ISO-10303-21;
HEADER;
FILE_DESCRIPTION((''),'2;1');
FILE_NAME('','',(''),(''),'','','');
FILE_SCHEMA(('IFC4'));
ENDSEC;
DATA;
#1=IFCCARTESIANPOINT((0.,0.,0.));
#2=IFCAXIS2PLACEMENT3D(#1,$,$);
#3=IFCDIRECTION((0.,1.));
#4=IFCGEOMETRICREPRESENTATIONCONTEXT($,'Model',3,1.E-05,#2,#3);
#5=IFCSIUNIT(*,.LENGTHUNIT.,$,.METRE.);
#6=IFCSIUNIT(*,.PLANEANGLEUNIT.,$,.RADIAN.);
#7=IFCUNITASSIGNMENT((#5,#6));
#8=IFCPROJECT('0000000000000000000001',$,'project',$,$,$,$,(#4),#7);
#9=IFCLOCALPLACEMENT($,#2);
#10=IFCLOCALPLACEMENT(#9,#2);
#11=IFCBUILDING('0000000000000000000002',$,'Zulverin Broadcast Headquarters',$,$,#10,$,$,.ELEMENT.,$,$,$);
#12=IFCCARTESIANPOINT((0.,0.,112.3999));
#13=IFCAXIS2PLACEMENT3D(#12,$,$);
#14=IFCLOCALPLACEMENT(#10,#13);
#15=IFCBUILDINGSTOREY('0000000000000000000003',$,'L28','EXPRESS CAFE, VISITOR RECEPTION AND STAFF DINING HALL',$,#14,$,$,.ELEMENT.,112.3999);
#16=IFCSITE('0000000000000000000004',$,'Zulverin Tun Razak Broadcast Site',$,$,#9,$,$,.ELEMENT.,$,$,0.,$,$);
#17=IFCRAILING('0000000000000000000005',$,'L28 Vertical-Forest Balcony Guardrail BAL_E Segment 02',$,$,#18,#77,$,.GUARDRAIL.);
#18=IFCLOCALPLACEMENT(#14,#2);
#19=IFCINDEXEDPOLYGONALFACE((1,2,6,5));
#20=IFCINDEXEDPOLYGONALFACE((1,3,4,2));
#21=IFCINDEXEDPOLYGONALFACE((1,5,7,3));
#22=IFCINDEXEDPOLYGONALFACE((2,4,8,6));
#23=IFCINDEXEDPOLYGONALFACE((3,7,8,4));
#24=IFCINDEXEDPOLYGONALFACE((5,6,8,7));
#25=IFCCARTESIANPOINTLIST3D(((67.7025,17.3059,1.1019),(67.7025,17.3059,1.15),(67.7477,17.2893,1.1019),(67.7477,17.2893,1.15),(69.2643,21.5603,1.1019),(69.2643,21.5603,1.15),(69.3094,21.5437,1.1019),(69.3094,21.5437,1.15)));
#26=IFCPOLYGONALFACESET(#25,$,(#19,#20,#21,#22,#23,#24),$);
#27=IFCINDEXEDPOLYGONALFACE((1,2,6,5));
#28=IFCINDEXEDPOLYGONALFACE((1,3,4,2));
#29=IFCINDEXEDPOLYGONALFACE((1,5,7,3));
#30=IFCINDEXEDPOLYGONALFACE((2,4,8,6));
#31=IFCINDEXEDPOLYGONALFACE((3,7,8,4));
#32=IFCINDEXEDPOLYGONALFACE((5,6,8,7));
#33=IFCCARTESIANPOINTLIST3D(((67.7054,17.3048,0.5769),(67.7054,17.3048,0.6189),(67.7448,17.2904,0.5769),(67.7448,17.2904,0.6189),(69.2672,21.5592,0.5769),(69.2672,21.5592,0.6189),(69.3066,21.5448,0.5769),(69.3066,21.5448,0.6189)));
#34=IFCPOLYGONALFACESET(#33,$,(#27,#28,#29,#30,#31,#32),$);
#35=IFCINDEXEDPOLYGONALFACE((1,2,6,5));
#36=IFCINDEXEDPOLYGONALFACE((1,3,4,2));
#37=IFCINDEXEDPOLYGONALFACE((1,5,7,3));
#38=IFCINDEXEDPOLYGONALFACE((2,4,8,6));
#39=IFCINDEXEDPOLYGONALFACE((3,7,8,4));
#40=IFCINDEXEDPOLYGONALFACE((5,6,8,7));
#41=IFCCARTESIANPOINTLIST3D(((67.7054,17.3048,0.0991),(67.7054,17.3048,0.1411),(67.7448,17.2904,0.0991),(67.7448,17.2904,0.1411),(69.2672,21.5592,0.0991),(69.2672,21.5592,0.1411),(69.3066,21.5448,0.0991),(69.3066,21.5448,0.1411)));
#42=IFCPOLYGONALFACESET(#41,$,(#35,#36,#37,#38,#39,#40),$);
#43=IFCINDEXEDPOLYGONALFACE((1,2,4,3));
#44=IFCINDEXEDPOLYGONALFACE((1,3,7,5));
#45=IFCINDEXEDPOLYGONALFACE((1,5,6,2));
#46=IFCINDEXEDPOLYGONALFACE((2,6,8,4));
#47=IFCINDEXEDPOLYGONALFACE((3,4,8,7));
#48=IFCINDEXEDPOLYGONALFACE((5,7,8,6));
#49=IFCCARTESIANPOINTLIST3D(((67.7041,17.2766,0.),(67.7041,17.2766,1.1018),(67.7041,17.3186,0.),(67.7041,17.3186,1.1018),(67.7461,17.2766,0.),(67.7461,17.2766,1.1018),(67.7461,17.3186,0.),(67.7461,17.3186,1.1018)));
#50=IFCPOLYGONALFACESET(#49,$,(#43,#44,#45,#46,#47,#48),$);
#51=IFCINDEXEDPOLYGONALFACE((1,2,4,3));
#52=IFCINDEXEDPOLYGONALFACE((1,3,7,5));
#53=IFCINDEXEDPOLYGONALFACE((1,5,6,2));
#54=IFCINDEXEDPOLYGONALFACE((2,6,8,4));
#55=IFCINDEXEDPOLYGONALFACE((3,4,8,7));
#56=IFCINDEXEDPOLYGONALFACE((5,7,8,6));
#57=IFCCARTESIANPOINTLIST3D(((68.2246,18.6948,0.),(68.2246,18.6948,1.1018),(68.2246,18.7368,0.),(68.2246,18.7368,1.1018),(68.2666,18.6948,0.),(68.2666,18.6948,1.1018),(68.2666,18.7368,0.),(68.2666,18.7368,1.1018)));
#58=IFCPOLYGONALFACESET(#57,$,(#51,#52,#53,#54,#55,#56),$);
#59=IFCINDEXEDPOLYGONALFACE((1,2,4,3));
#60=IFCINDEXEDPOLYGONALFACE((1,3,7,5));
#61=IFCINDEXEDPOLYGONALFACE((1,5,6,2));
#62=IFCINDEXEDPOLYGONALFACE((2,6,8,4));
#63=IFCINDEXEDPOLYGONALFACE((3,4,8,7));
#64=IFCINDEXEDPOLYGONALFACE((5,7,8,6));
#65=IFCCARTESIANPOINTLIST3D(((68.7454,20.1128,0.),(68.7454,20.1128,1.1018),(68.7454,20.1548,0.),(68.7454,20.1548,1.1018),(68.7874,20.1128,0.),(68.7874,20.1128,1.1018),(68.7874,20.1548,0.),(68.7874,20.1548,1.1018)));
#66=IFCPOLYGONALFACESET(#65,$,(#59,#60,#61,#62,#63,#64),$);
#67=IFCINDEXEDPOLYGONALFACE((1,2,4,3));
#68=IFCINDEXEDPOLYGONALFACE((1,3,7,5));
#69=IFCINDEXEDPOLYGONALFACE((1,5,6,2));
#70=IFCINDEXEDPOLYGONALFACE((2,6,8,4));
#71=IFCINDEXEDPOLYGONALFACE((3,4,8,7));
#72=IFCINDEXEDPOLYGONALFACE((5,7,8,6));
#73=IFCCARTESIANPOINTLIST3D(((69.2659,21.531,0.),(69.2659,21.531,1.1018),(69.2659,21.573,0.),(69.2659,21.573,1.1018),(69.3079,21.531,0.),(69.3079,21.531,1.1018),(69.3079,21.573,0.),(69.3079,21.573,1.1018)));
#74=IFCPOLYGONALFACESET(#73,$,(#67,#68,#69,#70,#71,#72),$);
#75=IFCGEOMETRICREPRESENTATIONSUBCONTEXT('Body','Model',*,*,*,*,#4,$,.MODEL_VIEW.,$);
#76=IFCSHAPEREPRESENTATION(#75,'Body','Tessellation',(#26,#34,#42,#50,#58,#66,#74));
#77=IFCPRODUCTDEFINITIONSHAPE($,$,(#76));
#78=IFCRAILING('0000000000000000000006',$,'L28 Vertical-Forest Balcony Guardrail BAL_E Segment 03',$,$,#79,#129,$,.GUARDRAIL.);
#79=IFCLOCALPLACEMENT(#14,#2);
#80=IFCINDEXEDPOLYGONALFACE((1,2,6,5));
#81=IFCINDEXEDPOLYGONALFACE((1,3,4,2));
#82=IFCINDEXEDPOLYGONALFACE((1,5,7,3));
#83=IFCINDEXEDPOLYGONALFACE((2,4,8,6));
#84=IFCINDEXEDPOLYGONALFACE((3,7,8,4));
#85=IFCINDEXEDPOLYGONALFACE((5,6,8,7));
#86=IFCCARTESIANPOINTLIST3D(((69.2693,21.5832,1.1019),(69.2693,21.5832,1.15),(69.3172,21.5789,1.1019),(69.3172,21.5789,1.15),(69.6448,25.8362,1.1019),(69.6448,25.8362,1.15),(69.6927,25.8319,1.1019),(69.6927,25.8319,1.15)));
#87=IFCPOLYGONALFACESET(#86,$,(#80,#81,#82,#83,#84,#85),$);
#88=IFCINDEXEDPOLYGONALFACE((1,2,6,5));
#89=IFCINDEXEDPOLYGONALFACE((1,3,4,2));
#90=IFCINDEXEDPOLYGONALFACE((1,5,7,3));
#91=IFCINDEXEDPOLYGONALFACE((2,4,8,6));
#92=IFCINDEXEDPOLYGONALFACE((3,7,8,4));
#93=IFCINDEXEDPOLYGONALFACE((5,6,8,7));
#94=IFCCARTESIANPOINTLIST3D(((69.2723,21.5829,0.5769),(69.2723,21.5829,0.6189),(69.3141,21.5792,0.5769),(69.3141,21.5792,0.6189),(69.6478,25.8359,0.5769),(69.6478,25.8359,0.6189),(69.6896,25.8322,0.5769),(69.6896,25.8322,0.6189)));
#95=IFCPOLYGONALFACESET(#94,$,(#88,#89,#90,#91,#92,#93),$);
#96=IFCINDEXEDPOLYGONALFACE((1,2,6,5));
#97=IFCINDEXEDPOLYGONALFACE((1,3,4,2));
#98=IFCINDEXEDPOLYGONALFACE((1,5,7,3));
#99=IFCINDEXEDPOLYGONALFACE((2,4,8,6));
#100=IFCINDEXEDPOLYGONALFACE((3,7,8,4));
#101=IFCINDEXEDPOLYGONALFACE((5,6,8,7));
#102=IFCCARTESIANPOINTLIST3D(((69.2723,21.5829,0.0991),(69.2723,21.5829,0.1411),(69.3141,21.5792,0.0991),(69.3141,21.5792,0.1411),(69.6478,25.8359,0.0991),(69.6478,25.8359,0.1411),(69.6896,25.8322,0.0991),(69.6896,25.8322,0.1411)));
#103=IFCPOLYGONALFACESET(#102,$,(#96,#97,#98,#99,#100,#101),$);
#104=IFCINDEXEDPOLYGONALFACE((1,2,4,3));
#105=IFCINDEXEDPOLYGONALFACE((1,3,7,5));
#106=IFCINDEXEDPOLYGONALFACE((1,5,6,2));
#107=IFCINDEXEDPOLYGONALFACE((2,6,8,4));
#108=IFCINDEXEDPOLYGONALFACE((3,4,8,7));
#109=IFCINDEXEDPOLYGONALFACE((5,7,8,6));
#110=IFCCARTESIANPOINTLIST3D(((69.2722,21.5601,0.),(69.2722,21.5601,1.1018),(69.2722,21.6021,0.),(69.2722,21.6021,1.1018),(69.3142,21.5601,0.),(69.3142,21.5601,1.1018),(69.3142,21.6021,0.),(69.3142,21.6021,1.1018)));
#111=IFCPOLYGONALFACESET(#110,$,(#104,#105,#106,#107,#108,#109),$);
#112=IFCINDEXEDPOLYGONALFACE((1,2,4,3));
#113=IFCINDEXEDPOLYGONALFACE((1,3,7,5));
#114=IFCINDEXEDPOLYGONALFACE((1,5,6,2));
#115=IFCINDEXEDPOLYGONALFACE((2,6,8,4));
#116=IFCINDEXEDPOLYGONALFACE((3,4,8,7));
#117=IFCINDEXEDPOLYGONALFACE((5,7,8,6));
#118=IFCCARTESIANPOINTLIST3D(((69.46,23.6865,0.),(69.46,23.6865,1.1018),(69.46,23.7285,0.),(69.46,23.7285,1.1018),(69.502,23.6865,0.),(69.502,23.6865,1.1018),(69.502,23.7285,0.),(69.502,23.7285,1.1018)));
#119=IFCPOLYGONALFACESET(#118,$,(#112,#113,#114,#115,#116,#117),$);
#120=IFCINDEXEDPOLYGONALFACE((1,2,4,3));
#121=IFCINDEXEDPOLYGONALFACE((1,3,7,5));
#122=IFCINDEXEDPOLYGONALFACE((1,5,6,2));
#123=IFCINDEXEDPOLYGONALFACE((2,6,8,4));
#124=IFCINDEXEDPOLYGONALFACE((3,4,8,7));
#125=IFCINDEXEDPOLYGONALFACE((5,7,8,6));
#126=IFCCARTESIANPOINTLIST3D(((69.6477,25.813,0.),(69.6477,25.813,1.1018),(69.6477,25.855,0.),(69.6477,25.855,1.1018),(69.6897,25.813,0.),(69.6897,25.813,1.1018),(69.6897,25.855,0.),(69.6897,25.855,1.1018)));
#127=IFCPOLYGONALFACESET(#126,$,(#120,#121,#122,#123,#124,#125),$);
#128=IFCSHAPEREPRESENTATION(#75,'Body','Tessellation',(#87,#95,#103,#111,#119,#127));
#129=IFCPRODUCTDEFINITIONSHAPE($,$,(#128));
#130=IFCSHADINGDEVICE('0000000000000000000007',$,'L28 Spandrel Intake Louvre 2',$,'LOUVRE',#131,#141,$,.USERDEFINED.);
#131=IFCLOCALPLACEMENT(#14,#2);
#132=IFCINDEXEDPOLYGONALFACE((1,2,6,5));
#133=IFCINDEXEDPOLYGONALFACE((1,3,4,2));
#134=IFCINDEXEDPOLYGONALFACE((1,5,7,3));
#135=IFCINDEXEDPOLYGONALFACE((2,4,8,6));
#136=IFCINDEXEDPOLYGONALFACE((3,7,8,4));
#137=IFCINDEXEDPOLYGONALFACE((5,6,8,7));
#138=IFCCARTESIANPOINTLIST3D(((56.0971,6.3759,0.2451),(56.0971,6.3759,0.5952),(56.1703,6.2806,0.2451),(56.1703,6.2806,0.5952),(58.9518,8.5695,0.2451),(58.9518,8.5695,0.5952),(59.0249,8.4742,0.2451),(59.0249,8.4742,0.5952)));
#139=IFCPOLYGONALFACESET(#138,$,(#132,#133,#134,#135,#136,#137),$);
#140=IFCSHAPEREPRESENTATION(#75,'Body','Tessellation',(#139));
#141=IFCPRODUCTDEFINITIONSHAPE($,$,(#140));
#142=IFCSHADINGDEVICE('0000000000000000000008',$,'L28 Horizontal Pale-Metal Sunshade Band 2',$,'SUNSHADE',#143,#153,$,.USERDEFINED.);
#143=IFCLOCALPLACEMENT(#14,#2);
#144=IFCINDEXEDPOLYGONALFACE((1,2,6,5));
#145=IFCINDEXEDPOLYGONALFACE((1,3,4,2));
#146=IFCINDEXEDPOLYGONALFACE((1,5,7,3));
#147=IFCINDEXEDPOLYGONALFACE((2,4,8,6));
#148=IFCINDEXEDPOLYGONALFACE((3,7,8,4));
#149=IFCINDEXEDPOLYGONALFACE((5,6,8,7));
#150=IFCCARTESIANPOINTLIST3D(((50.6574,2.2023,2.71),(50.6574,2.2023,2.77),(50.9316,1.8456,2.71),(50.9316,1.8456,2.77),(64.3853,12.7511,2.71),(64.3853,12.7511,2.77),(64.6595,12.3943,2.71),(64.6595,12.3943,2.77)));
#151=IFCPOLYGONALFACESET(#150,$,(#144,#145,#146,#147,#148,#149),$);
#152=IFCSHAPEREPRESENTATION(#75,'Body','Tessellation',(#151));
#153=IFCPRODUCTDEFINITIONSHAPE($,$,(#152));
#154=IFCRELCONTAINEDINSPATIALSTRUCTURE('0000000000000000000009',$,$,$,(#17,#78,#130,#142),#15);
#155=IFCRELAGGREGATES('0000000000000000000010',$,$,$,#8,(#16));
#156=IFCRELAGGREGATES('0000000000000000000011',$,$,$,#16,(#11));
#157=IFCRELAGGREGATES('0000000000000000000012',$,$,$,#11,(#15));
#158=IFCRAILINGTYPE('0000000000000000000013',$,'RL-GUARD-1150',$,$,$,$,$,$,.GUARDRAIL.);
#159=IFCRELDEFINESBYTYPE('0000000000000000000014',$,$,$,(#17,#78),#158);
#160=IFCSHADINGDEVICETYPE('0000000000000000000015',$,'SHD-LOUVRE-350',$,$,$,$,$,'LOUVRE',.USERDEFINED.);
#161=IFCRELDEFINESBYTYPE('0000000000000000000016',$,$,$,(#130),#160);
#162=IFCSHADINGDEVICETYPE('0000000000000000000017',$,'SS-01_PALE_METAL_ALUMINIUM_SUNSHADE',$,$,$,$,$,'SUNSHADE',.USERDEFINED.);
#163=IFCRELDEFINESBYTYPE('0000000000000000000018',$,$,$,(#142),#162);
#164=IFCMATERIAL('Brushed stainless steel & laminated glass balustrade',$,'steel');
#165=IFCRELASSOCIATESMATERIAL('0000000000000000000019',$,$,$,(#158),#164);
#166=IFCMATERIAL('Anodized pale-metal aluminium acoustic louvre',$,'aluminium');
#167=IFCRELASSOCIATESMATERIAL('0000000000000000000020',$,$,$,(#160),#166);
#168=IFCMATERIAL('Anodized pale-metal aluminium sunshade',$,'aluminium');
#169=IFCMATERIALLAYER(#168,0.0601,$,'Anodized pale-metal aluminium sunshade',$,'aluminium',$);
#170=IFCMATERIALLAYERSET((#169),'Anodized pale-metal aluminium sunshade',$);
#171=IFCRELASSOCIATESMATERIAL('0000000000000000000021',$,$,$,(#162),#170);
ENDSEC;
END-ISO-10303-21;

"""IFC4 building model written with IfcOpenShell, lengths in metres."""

from ifc_helpers import new_model, si_unit, direction, frame, origin, origin_2d, place, context, subcontext, project, spatial, rectangle, extrude, material, layer, layer_set, type_object, element, save


model = new_model("IFC4")

# Units and contexts
model_context = context("Model", 3, precision=1e-05, world=origin(), true_north=direction((0.0, 1.0)))
body_context = subcontext(model_context, "Body", "Model", "MODEL_VIEW")
ifc_project = project(units=[si_unit("LENGTHUNIT", "METRE"), si_unit("PLANEANGLEUNIT", "RADIAN")], contexts=[model_context])

# Site, building, storey
site_placement = place(None, origin())
site = spatial("IfcSite", under=ifc_project, at=site_placement, Name="Zulverin Tun Razak Broadcast Site", CompositionType="ELEMENT", RefElevation=0.0)
building_placement = place(site_placement, origin())
building = spatial("IfcBuilding", under=site, at=building_placement, Name="Zulverin Broadcast Headquarters", CompositionType="ELEMENT")
storey_placement = place(building_placement, frame((0.0, 0.0, 112.3999)))
storey = spatial("IfcBuildingStorey", under=building, at=storey_placement, Name="L28", Description="EXPRESS CAFE, VISITOR RECEPTION AND STAFF DINING HALL", CompositionType="ELEMENT", Elevation=112.3999)

# Railings
ifc_material_1 = material(Name="Brushed stainless steel & laminated glass balustrade", Category="steel")
railing_type = type_object("IfcRailingType", Name="RL-GUARD-1150", PredefinedType="GUARDRAIL", material=ifc_material_1)
railing_1_placement = place(storey_placement, frame((67.7251, 17.2976, 0.0)))
element("IfcRailing", 1, at=railing_1_placement, inside=storey, type_object=railing_type, Name="L28 Vertical-Forest Balcony Guardrail BAL_E Segment 02", PredefinedType="GUARDRAIL", context=body_context, shape_type="SweptSolid", body=[
    extrude(rectangle(XDim=0.0481, YDim=0.0481, at=origin_2d()), frame((0.0, 0.0, 1.126), z_axis=(0.344609, 0.938746, 0.0), x_axis=(-0.938746, 0.344609, 0.0)), (0.0, 0.0, 1.0), 4.532),
    extrude(rectangle(XDim=0.042, YDim=0.042, at=origin_2d()), frame((0.0, 0.0, 0.5979), z_axis=(0.344609, 0.938746, 0.0), x_axis=(-0.938746, 0.344609, 0.0)), (0.0, 0.0, 1.0), 4.532),
    extrude(rectangle(XDim=0.042, YDim=0.042, at=origin_2d()), frame((0.0, 0.0, 0.1201), z_axis=(0.344609, 0.938746, 0.0), x_axis=(-0.938746, 0.344609, 0.0)), (0.0, 0.0, 1.0), 4.532),
    extrude(rectangle(XDim=0.042, YDim=0.042, at=origin_2d()), origin(), (0.0, 0.0, 1.0), 1.1018),
    extrude(rectangle(XDim=0.042, YDim=0.042, at=origin_2d()), frame((0.5205, 1.4182, 0.0)), (0.0, 0.0, 1.0), 1.1018),
    extrude(rectangle(XDim=0.042, YDim=0.042, at=origin_2d()), frame((1.0413, 2.8362, 0.0)), (0.0, 0.0, 1.0), 1.1018),
    extrude(rectangle(XDim=0.042, YDim=0.042, at=origin_2d()), frame((1.5618, 4.2544, 0.0)), (0.0, 0.0, 1.0), 1.1018),
])
railing_2_placement = place(storey_placement, frame((69.2932, 21.5811, 0.0)))
element("IfcRailing", 2, at=railing_2_placement, inside=storey, type_object=railing_type, Name="L28 Vertical-Forest Balcony Guardrail BAL_E Segment 03", PredefinedType="GUARDRAIL", context=body_context, shape_type="SweptSolid", body=[
    extrude(rectangle(XDim=0.0481, YDim=0.0481, at=origin_2d()), frame((0.0, 0.0, 1.126), z_axis=(0.087947, 0.996125, 0.0), x_axis=(-0.996125, 0.087947, 0.0)), (0.0, 0.0, 1.0), 4.2695),
    extrude(rectangle(XDim=0.042, YDim=0.042, at=origin_2d()), frame((0.0, 0.0, 0.5979), z_axis=(0.087947, 0.996125, 0.0), x_axis=(-0.996125, 0.087947, 0.0)), (0.0, 0.0, 1.0), 4.2695),
    extrude(rectangle(XDim=0.042, YDim=0.042, at=origin_2d()), frame((0.0, 0.0, 0.1201), z_axis=(0.087947, 0.996125, 0.0), x_axis=(-0.996125, 0.087947, 0.0)), (0.0, 0.0, 1.0), 4.2695),
    extrude(rectangle(XDim=0.042, YDim=0.042, at=origin_2d()), origin(), (0.0, 0.0, 1.0), 1.1018),
    extrude(rectangle(XDim=0.042, YDim=0.042, at=origin_2d()), frame((0.1877, 2.1265, 0.0)), (0.0, 0.0, 1.0), 1.1018),
    extrude(rectangle(XDim=0.042, YDim=0.042, at=origin_2d()), frame((0.3755, 4.2529, 0.0)), (0.0, 0.0, 1.0), 1.1018),
])

# Shading devices
ifc_material_2 = material(Name="Anodized pale-metal aluminium acoustic louvre", Category="aluminium")
shading_device_type_1 = type_object("IfcShadingDeviceType", Name="SHD-LOUVRE-350", ElementType="LOUVRE", PredefinedType="USERDEFINED", material=ifc_material_2)
shading_device_1_placement = place(storey_placement, frame((57.561, 7.425, 0.2451), z_axis=(0.0, 0.0, 1.0), x_axis=(0.792933, 0.609308, 0.0)))
element("IfcShadingDevice", 3, at=shading_device_1_placement, inside=storey, type_object=shading_device_type_1, Name="L28 Spandrel Intake Louvre 2", ObjectType="LOUVRE", PredefinedType="USERDEFINED", context=body_context, shape_type="SweptSolid", body=[
    extrude(rectangle(XDim=3.6001, YDim=0.1201, at=origin_2d()), origin(), (0.0, 0.0, 1.0), 0.3501),
])
ifc_material_3 = material(Name="Anodized pale-metal aluminium sunshade", Category="aluminium")
ifc_layer_1 = layer(ifc_material_3, 0.0601, Name="Anodized pale-metal aluminium sunshade", Category="aluminium")
ifc_layer_set_1 = layer_set([ifc_layer_1], Name="Anodized pale-metal aluminium sunshade")
shading_device_type_2 = type_object("IfcShadingDeviceType", Name="SS-01_PALE_METAL_ALUMINIUM_SUNSHADE", ElementType="SUNSHADE", PredefinedType="USERDEFINED", material=ifc_layer_set_1)
shading_device_2_placement = place(storey_placement, frame((57.6584, 7.2983, 2.71), z_axis=(0.0, 0.0, 1.0), x_axis=(0.792933, 0.609308, 0.0)))
element("IfcShadingDevice", 4, at=shading_device_2_placement, inside=storey, type_object=shading_device_type_2, Name="L28 Horizontal Pale-Metal Sunshade Band 2", ObjectType="SUNSHADE", PredefinedType="USERDEFINED", context=body_context, shape_type="SweptSolid", body=[
    extrude(rectangle(XDim=17.3127, YDim=0.45, at=origin_2d()), origin(), (0.0, 0.0, 1.0), 0.0601),
])

save(model, "model.ifc")
